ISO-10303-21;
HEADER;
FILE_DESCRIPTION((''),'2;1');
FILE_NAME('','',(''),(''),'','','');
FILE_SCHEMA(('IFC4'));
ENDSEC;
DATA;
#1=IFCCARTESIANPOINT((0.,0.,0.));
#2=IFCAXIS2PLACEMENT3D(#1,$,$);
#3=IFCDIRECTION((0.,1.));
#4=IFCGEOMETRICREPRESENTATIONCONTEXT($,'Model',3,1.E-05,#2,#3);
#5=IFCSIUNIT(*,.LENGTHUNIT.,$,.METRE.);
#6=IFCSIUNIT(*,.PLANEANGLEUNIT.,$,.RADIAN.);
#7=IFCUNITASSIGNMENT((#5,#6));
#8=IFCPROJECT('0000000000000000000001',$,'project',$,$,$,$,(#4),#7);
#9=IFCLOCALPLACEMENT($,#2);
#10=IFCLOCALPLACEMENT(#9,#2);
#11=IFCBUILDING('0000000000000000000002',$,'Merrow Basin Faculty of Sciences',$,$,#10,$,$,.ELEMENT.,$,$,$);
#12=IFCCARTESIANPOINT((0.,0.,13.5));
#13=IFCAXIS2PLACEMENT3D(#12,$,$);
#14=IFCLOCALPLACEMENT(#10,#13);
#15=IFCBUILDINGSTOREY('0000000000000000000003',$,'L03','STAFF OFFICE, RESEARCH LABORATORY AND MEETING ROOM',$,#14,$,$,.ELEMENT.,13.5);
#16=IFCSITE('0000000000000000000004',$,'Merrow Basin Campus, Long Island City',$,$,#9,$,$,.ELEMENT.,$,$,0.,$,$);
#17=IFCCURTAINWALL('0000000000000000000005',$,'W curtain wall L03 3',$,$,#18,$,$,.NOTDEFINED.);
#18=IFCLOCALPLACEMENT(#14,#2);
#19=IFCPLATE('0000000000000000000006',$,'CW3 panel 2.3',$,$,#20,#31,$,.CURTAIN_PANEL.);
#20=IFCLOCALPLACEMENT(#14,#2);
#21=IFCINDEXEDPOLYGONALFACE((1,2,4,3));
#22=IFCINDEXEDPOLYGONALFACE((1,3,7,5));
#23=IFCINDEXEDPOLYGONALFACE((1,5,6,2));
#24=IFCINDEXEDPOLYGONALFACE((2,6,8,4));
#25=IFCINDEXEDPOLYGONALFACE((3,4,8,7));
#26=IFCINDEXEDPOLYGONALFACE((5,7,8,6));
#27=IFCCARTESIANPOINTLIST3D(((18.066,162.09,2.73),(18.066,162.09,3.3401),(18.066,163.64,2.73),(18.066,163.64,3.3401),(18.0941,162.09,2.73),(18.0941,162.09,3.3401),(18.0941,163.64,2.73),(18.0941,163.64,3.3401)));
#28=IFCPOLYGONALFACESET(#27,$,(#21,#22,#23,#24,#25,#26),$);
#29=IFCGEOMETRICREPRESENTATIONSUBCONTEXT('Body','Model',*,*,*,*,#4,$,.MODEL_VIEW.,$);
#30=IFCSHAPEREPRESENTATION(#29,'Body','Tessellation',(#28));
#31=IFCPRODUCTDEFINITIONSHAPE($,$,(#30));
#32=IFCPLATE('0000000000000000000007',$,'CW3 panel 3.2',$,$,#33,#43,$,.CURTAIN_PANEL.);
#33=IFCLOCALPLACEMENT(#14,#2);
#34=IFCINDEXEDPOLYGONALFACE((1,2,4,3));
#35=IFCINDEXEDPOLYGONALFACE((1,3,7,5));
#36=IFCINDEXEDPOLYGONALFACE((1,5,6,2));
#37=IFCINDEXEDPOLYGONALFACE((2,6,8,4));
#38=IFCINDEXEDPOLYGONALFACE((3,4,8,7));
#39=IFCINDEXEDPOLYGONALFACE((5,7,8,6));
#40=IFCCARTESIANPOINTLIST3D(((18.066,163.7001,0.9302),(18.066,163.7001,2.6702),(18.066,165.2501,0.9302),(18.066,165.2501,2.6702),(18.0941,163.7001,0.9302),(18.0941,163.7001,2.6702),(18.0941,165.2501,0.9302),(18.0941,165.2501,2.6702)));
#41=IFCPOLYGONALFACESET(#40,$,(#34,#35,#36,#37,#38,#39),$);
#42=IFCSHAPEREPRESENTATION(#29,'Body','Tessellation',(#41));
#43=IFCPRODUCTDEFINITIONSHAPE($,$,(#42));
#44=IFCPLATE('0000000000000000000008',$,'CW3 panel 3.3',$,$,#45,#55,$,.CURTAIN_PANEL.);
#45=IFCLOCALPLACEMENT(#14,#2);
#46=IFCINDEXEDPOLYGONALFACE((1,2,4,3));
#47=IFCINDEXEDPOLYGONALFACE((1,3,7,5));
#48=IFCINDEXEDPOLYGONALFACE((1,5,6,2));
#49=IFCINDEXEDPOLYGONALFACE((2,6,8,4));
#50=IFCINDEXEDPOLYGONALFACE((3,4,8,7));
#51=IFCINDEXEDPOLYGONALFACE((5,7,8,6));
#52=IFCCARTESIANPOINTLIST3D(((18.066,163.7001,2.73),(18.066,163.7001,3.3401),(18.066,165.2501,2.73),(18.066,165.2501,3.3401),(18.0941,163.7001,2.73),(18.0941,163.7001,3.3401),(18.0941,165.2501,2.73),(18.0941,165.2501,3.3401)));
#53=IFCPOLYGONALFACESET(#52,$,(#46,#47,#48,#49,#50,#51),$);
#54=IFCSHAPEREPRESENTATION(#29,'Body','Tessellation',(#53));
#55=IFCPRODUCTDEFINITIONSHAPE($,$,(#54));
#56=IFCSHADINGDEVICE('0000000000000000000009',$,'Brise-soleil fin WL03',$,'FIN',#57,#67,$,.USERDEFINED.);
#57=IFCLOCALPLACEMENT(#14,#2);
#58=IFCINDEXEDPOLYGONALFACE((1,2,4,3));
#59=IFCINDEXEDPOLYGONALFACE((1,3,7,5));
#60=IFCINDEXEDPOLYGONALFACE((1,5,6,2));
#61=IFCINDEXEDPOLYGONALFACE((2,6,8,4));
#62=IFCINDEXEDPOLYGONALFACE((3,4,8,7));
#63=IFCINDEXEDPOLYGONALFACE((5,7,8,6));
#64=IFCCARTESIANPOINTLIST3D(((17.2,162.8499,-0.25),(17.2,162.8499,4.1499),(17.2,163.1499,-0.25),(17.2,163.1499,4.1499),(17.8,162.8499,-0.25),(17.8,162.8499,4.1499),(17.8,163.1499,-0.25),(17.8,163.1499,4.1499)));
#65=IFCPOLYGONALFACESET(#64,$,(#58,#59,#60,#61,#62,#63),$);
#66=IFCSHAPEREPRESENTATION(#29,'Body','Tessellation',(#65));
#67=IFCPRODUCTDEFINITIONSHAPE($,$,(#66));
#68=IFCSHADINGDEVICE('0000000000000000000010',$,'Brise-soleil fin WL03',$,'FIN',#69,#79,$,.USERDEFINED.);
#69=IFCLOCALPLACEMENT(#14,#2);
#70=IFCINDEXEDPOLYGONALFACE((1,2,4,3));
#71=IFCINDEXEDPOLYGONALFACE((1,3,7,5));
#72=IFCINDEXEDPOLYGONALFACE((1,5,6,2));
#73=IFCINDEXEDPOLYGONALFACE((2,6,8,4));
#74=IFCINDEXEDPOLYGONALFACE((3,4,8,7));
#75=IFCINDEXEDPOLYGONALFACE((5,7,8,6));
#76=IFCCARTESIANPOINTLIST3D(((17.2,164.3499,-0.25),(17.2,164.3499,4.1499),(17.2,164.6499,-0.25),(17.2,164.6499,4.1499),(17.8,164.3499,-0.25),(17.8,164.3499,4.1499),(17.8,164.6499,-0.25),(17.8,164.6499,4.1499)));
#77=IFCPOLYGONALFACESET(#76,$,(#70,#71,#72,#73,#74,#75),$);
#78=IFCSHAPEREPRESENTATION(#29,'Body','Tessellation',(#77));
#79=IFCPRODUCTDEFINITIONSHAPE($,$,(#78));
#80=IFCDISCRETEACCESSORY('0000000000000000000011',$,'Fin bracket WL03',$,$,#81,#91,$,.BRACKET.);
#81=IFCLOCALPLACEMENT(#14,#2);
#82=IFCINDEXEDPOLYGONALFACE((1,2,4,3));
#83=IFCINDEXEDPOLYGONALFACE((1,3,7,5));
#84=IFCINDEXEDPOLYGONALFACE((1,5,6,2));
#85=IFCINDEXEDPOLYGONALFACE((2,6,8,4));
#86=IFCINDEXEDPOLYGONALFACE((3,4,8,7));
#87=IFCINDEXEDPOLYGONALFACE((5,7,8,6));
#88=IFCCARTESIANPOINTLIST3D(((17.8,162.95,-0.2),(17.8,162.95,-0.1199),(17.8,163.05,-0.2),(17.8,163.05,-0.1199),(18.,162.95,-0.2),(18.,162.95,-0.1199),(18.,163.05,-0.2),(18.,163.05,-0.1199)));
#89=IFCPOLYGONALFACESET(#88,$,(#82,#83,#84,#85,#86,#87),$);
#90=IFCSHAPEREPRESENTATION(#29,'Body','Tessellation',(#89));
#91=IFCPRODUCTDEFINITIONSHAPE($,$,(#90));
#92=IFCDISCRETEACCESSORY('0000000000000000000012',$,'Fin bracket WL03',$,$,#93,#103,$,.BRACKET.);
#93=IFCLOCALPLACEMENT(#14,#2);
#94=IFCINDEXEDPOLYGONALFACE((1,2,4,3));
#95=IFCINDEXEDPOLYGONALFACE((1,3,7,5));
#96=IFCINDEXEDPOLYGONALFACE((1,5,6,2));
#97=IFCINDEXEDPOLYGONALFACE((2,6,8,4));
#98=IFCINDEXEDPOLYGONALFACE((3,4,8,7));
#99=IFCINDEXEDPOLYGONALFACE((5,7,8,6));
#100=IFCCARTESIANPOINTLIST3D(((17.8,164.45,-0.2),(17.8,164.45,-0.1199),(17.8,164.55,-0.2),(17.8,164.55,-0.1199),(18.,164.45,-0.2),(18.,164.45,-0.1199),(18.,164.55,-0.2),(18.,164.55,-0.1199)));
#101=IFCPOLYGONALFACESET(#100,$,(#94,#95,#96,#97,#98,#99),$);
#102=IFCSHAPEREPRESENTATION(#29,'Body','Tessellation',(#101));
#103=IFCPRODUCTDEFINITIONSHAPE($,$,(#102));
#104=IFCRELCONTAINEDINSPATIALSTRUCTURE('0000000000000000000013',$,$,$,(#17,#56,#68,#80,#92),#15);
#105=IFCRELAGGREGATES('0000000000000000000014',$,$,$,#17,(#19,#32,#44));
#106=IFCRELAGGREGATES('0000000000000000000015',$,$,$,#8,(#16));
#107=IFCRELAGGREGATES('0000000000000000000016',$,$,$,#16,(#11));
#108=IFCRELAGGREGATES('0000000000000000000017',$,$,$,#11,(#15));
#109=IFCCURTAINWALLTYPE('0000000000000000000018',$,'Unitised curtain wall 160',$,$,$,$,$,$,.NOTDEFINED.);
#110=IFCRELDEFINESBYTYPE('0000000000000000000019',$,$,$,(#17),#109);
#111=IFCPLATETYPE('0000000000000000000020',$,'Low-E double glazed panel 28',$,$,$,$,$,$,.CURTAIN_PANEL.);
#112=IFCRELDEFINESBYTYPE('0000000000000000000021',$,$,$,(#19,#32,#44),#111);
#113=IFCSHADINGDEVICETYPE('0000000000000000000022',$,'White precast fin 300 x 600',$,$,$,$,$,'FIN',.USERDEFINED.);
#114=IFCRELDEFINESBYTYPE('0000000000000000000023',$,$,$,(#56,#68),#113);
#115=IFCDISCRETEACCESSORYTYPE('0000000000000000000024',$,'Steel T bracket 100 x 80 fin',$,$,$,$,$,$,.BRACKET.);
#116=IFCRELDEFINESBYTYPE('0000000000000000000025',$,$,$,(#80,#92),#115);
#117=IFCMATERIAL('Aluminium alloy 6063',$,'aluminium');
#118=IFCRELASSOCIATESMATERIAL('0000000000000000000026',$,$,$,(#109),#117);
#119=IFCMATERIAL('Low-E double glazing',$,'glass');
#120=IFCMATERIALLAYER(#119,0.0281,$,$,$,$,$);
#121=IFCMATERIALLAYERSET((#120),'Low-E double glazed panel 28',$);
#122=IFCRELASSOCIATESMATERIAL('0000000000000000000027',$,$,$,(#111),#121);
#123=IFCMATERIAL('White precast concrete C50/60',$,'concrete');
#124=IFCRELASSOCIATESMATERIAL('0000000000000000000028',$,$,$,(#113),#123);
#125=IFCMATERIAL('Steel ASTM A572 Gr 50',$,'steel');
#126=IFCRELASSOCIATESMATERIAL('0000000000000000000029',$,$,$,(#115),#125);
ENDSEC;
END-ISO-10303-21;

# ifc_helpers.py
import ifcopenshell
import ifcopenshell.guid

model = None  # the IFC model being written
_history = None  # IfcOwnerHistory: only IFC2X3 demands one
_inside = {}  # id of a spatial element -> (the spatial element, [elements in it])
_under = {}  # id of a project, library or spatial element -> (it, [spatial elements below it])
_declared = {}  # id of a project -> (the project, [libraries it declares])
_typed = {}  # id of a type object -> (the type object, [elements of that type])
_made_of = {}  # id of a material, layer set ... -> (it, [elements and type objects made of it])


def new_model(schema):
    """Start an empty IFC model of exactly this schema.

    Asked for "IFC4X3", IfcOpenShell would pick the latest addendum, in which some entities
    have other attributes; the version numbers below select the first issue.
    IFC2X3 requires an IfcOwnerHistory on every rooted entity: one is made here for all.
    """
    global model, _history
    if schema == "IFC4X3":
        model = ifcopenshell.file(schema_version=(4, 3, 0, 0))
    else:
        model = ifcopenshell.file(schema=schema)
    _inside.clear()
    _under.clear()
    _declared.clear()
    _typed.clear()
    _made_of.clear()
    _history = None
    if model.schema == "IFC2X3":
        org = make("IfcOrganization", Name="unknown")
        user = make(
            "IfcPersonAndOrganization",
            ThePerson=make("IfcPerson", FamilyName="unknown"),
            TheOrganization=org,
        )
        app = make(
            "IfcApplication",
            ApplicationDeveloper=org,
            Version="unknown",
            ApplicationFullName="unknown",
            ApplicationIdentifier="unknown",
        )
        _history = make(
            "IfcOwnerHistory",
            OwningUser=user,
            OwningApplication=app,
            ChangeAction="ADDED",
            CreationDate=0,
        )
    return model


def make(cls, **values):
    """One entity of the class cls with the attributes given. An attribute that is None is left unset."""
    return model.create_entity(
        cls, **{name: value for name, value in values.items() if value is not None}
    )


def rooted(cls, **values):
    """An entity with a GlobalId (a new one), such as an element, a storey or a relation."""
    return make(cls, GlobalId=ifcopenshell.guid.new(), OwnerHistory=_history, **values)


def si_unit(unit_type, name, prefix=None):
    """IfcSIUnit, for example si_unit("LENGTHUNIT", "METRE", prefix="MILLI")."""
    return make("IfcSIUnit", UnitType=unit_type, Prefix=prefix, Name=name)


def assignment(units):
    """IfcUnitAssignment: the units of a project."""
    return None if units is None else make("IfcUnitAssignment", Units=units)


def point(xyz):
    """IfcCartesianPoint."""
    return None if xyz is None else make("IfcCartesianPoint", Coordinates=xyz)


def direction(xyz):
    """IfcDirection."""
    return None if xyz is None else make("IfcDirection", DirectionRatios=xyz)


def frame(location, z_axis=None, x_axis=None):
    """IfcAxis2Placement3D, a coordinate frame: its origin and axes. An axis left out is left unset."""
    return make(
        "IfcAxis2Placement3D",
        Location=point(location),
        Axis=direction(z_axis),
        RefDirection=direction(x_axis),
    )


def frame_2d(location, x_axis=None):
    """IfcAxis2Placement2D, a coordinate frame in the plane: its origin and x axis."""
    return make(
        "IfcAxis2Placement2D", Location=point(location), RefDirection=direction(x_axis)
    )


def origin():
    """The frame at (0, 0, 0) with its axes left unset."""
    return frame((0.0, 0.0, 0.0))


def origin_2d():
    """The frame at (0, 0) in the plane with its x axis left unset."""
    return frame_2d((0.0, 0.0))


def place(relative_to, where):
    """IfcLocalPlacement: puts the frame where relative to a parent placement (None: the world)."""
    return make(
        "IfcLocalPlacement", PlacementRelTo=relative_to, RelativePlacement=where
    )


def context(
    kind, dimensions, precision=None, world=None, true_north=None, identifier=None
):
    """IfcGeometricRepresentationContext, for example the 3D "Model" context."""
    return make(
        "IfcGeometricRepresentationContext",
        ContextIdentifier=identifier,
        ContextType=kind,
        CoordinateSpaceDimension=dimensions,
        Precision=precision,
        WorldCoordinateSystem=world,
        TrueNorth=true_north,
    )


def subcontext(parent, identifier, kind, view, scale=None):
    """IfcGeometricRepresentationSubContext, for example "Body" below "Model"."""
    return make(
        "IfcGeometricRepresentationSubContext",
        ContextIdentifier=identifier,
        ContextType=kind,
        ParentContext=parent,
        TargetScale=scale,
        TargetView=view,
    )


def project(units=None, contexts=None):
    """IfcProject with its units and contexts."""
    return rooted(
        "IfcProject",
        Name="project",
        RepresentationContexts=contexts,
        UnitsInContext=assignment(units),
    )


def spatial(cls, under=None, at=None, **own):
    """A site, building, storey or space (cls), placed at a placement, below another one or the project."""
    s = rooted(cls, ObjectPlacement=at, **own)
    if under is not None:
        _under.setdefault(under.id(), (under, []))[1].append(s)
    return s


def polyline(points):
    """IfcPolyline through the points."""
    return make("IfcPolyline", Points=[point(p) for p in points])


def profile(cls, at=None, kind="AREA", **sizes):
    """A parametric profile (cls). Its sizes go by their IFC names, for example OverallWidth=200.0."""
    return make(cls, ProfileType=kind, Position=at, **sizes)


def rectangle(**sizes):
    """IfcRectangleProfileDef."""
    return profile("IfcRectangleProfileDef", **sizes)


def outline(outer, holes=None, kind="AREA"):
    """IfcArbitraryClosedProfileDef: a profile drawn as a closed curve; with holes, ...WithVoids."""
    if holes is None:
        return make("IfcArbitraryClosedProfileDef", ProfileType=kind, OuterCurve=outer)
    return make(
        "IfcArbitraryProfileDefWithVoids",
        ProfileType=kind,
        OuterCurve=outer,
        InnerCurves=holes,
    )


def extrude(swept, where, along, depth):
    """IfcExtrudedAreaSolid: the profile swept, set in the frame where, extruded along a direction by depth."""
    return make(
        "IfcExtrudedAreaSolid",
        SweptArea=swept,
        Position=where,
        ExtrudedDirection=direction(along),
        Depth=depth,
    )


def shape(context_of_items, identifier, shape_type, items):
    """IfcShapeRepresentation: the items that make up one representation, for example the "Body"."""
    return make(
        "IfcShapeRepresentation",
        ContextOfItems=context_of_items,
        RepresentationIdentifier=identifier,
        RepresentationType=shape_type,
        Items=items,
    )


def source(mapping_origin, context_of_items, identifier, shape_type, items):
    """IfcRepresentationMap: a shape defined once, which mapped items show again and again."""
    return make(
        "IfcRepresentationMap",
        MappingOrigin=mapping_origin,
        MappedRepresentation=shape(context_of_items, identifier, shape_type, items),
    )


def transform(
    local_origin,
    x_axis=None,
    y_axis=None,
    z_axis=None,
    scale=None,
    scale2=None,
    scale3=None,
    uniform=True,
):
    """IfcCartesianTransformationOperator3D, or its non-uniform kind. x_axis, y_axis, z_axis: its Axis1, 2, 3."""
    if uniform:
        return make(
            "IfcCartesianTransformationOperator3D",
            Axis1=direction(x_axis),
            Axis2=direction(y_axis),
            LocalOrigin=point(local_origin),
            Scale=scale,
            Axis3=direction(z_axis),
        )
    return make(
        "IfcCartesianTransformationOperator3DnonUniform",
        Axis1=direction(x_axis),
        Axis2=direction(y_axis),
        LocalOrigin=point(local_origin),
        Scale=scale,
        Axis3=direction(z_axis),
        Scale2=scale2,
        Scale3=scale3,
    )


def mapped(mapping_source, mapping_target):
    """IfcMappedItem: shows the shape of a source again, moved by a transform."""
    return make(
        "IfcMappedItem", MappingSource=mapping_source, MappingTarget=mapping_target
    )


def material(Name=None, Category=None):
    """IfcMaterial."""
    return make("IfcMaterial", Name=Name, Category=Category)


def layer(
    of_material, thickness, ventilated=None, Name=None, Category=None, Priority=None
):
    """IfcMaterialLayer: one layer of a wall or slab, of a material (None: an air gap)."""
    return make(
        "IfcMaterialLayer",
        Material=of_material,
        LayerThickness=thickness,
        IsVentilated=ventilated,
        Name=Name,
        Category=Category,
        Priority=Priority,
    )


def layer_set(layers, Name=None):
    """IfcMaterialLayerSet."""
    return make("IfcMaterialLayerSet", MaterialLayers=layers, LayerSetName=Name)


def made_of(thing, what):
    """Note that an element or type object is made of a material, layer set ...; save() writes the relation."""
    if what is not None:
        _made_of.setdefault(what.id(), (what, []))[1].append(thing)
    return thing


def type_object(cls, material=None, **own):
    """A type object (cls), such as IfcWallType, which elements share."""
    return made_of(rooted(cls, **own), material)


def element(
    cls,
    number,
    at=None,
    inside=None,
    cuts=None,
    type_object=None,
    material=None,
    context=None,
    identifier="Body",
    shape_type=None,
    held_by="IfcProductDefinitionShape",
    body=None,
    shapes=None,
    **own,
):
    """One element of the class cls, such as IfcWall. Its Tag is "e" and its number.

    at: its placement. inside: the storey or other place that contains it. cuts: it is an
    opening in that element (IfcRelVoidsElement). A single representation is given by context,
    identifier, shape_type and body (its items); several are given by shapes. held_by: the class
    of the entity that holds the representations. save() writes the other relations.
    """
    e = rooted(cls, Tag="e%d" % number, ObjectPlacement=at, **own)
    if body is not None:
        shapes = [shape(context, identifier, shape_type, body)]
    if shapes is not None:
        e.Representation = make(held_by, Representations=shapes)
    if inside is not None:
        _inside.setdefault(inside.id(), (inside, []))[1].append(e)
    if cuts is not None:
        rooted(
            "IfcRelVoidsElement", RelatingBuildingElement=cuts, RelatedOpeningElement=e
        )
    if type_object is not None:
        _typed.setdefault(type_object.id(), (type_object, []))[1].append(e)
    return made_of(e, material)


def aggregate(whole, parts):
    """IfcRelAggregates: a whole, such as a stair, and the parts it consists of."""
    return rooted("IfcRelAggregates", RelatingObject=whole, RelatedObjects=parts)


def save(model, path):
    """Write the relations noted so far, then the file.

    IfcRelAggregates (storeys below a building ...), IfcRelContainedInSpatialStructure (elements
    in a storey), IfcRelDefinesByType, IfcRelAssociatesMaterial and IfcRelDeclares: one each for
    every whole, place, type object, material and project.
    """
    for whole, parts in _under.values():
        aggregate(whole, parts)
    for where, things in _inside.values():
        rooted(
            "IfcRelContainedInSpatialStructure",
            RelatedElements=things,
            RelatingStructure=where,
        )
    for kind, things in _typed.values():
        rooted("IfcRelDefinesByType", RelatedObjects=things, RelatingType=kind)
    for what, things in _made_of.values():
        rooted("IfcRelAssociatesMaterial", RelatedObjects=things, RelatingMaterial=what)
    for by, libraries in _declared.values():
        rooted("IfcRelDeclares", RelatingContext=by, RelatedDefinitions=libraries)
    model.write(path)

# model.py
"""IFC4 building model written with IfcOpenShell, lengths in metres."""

from ifc_helpers import new_model, si_unit, direction, frame, origin, origin_2d, place, context, subcontext, project, spatial, polyline, rectangle, outline, extrude, source, transform, mapped, material, layer, layer_set, type_object, element, aggregate, save


model = new_model("IFC4")

# Units and contexts
model_context = context("Model", 3, precision=1e-05, world=origin(), true_north=direction((0.0, 1.0)))
body_context = subcontext(model_context, "Body", "Model", "MODEL_VIEW")
ifc_project = project(units=[si_unit("LENGTHUNIT", "METRE"), si_unit("PLANEANGLEUNIT", "RADIAN")], contexts=[model_context])

# Site, building, storey
site_placement = place(None, origin())
site = spatial("IfcSite", under=ifc_project, at=site_placement, Name="Merrow Basin Campus, Long Island City", CompositionType="ELEMENT", RefElevation=0.0)
building_placement = place(site_placement, origin())
building = spatial("IfcBuilding", under=site, at=building_placement, Name="Merrow Basin Faculty of Sciences", CompositionType="ELEMENT")
storey_placement = place(building_placement, frame((0.0, 0.0, 13.5)))
storey = spatial("IfcBuildingStorey", under=building, at=storey_placement, Name="L03", Description="STAFF OFFICE, RESEARCH LABORATORY AND MEETING ROOM", CompositionType="ELEMENT", Elevation=13.5)

# Curtain wall, plates
ifc_material_1 = material(Name="Aluminium alloy 6063", Category="aluminium")
curtain_wall_type = type_object("IfcCurtainWallType", Name="Unitised curtain wall 160", PredefinedType="NOTDEFINED", material=ifc_material_1)
curtain_wall_placement = place(storey_placement, origin())
curtain_wall = element("IfcCurtainWall", 1, at=curtain_wall_placement, inside=storey, type_object=curtain_wall_type, Name="W curtain wall L03 3", PredefinedType="NOTDEFINED")
ifc_material_2 = material(Name="Low-E double glazing", Category="glass")
ifc_layer_1 = layer(ifc_material_2, 0.0281)
ifc_layer_set_1 = layer_set([ifc_layer_1], Name="Low-E double glazed panel 28")
plate_type_1 = type_object("IfcPlateType", Name="Low-E double glazed panel 28", PredefinedType="CURTAIN_PANEL", material=ifc_layer_set_1)
plate_1_placement = place(storey_placement, frame((18.0801, 162.865, 2.73), z_axis=(0.0, 0.0, 1.0), x_axis=(0.0, 1.0, 0.0)))
plate_1 = element("IfcPlate", 2, at=plate_1_placement, type_object=plate_type_1, Name="CW3 panel 2.3", PredefinedType="CURTAIN_PANEL", context=body_context, shape_type="SweptSolid", body=[
    extrude(rectangle(XDim=1.55, YDim=0.0281, at=origin_2d()), origin(), (0.0, 0.0, 1.0), 0.6101),
])
plate_2_placement = place(storey_placement, frame((18.0801, 164.4751, 0.9302), z_axis=(0.0, 0.0, 1.0), x_axis=(0.0, 1.0, 0.0)))
plate_2 = element("IfcPlate", 3, at=plate_2_placement, type_object=plate_type_1, Name="CW3 panel 3.2", PredefinedType="CURTAIN_PANEL", context=body_context, shape_type="SweptSolid", body=[
    extrude(rectangle(XDim=1.55, YDim=0.0281, at=origin_2d()), origin(), (0.0, 0.0, 1.0), 1.74),
])
plate_3_placement = place(storey_placement, frame((18.0801, 164.4751, 2.73), z_axis=(0.0, 0.0, 1.0), x_axis=(0.0, 1.0, 0.0)))
plate_3 = element("IfcPlate", 4, at=plate_3_placement, type_object=plate_type_1, Name="CW3 panel 3.3", PredefinedType="CURTAIN_PANEL", context=body_context, shape_type="SweptSolid", body=[
    extrude(rectangle(XDim=1.55, YDim=0.0281, at=origin_2d()), origin(), (0.0, 0.0, 1.0), 0.6101),
])
aggregate(curtain_wall, [plate_1, plate_2, plate_3])

# Shading devices
ifc_material_3 = material(Name="White precast concrete C50/60", Category="concrete")
shading_device_type = type_object("IfcShadingDeviceType", Name="White precast fin 300 x 600", ElementType="FIN", PredefinedType="USERDEFINED", material=ifc_material_3)
shared_shape_1 = source(origin(), body_context, "Body", "SweptSolid", [
    extrude(outline(polyline([(0.0, 0.0), (0.3, 0.0), (0.3, 4.3999), (0.0, 4.3999), (0.0, 0.0)])), origin(), (0.0, 0.0, 1.0), 0.6001),
])
for number, where, z_axis, x_axis, name in (
    (5, (17.8, 163.1499, -0.25), (-1.0, 0.0, 0.0), (0.0, -1.0, 0.0), "Brise-soleil fin WL03"),
    (6, (17.8, 164.6499, -0.25), (-1.0, 0.0, 0.0), (0.0, -1.0, 0.0), "Brise-soleil fin WL03"),
):
    element("IfcShadingDevice", number, at=place(storey_placement, frame(where, z_axis=z_axis, x_axis=x_axis)), inside=storey, type_object=shading_device_type, Name=name, ObjectType="FIN", PredefinedType="USERDEFINED", context=body_context, shape_type="MappedRepresentation", body=[
        mapped(shared_shape_1, transform((0.0, 0.0, 0.0), scale=1.0)),
    ])

# Discrete accessories
ifc_material_4 = material(Name="Steel ASTM A572 Gr 50", Category="steel")
discrete_accessory_type = type_object("IfcDiscreteAccessoryType", Name="Steel T bracket 100 x 80 fin", PredefinedType="BRACKET", material=ifc_material_4)
shared_shape_2 = source(origin(), body_context, "Body", "SweptSolid", [
    extrude(outline(polyline([(0.0, 0.0), (0.1001, 0.0), (0.1001, 0.0801), (0.0, 0.0801), (0.0, 0.0)])), origin(), (0.0, 0.0, 1.0), 0.2),
])
for number, where, z_axis, x_axis, name in (
    (7, (18.0, 163.05, -0.2), (-1.0, 0.0, 0.0), (0.0, -1.0, 0.0), "Fin bracket WL03"),
    (8, (18.0, 164.55, -0.2), (-1.0, 0.0, 0.0), (0.0, -1.0, 0.0), "Fin bracket WL03"),
):
    element("IfcDiscreteAccessory", number, at=place(storey_placement, frame(where, z_axis=z_axis, x_axis=x_axis)), inside=storey, type_object=discrete_accessory_type, Name=name, PredefinedType="BRACKET", context=body_context, shape_type="MappedRepresentation", body=[
        mapped(shared_shape_2, transform((0.0, 0.0, 0.0), scale=1.0)),
    ])

save(model, "model.ifc")
